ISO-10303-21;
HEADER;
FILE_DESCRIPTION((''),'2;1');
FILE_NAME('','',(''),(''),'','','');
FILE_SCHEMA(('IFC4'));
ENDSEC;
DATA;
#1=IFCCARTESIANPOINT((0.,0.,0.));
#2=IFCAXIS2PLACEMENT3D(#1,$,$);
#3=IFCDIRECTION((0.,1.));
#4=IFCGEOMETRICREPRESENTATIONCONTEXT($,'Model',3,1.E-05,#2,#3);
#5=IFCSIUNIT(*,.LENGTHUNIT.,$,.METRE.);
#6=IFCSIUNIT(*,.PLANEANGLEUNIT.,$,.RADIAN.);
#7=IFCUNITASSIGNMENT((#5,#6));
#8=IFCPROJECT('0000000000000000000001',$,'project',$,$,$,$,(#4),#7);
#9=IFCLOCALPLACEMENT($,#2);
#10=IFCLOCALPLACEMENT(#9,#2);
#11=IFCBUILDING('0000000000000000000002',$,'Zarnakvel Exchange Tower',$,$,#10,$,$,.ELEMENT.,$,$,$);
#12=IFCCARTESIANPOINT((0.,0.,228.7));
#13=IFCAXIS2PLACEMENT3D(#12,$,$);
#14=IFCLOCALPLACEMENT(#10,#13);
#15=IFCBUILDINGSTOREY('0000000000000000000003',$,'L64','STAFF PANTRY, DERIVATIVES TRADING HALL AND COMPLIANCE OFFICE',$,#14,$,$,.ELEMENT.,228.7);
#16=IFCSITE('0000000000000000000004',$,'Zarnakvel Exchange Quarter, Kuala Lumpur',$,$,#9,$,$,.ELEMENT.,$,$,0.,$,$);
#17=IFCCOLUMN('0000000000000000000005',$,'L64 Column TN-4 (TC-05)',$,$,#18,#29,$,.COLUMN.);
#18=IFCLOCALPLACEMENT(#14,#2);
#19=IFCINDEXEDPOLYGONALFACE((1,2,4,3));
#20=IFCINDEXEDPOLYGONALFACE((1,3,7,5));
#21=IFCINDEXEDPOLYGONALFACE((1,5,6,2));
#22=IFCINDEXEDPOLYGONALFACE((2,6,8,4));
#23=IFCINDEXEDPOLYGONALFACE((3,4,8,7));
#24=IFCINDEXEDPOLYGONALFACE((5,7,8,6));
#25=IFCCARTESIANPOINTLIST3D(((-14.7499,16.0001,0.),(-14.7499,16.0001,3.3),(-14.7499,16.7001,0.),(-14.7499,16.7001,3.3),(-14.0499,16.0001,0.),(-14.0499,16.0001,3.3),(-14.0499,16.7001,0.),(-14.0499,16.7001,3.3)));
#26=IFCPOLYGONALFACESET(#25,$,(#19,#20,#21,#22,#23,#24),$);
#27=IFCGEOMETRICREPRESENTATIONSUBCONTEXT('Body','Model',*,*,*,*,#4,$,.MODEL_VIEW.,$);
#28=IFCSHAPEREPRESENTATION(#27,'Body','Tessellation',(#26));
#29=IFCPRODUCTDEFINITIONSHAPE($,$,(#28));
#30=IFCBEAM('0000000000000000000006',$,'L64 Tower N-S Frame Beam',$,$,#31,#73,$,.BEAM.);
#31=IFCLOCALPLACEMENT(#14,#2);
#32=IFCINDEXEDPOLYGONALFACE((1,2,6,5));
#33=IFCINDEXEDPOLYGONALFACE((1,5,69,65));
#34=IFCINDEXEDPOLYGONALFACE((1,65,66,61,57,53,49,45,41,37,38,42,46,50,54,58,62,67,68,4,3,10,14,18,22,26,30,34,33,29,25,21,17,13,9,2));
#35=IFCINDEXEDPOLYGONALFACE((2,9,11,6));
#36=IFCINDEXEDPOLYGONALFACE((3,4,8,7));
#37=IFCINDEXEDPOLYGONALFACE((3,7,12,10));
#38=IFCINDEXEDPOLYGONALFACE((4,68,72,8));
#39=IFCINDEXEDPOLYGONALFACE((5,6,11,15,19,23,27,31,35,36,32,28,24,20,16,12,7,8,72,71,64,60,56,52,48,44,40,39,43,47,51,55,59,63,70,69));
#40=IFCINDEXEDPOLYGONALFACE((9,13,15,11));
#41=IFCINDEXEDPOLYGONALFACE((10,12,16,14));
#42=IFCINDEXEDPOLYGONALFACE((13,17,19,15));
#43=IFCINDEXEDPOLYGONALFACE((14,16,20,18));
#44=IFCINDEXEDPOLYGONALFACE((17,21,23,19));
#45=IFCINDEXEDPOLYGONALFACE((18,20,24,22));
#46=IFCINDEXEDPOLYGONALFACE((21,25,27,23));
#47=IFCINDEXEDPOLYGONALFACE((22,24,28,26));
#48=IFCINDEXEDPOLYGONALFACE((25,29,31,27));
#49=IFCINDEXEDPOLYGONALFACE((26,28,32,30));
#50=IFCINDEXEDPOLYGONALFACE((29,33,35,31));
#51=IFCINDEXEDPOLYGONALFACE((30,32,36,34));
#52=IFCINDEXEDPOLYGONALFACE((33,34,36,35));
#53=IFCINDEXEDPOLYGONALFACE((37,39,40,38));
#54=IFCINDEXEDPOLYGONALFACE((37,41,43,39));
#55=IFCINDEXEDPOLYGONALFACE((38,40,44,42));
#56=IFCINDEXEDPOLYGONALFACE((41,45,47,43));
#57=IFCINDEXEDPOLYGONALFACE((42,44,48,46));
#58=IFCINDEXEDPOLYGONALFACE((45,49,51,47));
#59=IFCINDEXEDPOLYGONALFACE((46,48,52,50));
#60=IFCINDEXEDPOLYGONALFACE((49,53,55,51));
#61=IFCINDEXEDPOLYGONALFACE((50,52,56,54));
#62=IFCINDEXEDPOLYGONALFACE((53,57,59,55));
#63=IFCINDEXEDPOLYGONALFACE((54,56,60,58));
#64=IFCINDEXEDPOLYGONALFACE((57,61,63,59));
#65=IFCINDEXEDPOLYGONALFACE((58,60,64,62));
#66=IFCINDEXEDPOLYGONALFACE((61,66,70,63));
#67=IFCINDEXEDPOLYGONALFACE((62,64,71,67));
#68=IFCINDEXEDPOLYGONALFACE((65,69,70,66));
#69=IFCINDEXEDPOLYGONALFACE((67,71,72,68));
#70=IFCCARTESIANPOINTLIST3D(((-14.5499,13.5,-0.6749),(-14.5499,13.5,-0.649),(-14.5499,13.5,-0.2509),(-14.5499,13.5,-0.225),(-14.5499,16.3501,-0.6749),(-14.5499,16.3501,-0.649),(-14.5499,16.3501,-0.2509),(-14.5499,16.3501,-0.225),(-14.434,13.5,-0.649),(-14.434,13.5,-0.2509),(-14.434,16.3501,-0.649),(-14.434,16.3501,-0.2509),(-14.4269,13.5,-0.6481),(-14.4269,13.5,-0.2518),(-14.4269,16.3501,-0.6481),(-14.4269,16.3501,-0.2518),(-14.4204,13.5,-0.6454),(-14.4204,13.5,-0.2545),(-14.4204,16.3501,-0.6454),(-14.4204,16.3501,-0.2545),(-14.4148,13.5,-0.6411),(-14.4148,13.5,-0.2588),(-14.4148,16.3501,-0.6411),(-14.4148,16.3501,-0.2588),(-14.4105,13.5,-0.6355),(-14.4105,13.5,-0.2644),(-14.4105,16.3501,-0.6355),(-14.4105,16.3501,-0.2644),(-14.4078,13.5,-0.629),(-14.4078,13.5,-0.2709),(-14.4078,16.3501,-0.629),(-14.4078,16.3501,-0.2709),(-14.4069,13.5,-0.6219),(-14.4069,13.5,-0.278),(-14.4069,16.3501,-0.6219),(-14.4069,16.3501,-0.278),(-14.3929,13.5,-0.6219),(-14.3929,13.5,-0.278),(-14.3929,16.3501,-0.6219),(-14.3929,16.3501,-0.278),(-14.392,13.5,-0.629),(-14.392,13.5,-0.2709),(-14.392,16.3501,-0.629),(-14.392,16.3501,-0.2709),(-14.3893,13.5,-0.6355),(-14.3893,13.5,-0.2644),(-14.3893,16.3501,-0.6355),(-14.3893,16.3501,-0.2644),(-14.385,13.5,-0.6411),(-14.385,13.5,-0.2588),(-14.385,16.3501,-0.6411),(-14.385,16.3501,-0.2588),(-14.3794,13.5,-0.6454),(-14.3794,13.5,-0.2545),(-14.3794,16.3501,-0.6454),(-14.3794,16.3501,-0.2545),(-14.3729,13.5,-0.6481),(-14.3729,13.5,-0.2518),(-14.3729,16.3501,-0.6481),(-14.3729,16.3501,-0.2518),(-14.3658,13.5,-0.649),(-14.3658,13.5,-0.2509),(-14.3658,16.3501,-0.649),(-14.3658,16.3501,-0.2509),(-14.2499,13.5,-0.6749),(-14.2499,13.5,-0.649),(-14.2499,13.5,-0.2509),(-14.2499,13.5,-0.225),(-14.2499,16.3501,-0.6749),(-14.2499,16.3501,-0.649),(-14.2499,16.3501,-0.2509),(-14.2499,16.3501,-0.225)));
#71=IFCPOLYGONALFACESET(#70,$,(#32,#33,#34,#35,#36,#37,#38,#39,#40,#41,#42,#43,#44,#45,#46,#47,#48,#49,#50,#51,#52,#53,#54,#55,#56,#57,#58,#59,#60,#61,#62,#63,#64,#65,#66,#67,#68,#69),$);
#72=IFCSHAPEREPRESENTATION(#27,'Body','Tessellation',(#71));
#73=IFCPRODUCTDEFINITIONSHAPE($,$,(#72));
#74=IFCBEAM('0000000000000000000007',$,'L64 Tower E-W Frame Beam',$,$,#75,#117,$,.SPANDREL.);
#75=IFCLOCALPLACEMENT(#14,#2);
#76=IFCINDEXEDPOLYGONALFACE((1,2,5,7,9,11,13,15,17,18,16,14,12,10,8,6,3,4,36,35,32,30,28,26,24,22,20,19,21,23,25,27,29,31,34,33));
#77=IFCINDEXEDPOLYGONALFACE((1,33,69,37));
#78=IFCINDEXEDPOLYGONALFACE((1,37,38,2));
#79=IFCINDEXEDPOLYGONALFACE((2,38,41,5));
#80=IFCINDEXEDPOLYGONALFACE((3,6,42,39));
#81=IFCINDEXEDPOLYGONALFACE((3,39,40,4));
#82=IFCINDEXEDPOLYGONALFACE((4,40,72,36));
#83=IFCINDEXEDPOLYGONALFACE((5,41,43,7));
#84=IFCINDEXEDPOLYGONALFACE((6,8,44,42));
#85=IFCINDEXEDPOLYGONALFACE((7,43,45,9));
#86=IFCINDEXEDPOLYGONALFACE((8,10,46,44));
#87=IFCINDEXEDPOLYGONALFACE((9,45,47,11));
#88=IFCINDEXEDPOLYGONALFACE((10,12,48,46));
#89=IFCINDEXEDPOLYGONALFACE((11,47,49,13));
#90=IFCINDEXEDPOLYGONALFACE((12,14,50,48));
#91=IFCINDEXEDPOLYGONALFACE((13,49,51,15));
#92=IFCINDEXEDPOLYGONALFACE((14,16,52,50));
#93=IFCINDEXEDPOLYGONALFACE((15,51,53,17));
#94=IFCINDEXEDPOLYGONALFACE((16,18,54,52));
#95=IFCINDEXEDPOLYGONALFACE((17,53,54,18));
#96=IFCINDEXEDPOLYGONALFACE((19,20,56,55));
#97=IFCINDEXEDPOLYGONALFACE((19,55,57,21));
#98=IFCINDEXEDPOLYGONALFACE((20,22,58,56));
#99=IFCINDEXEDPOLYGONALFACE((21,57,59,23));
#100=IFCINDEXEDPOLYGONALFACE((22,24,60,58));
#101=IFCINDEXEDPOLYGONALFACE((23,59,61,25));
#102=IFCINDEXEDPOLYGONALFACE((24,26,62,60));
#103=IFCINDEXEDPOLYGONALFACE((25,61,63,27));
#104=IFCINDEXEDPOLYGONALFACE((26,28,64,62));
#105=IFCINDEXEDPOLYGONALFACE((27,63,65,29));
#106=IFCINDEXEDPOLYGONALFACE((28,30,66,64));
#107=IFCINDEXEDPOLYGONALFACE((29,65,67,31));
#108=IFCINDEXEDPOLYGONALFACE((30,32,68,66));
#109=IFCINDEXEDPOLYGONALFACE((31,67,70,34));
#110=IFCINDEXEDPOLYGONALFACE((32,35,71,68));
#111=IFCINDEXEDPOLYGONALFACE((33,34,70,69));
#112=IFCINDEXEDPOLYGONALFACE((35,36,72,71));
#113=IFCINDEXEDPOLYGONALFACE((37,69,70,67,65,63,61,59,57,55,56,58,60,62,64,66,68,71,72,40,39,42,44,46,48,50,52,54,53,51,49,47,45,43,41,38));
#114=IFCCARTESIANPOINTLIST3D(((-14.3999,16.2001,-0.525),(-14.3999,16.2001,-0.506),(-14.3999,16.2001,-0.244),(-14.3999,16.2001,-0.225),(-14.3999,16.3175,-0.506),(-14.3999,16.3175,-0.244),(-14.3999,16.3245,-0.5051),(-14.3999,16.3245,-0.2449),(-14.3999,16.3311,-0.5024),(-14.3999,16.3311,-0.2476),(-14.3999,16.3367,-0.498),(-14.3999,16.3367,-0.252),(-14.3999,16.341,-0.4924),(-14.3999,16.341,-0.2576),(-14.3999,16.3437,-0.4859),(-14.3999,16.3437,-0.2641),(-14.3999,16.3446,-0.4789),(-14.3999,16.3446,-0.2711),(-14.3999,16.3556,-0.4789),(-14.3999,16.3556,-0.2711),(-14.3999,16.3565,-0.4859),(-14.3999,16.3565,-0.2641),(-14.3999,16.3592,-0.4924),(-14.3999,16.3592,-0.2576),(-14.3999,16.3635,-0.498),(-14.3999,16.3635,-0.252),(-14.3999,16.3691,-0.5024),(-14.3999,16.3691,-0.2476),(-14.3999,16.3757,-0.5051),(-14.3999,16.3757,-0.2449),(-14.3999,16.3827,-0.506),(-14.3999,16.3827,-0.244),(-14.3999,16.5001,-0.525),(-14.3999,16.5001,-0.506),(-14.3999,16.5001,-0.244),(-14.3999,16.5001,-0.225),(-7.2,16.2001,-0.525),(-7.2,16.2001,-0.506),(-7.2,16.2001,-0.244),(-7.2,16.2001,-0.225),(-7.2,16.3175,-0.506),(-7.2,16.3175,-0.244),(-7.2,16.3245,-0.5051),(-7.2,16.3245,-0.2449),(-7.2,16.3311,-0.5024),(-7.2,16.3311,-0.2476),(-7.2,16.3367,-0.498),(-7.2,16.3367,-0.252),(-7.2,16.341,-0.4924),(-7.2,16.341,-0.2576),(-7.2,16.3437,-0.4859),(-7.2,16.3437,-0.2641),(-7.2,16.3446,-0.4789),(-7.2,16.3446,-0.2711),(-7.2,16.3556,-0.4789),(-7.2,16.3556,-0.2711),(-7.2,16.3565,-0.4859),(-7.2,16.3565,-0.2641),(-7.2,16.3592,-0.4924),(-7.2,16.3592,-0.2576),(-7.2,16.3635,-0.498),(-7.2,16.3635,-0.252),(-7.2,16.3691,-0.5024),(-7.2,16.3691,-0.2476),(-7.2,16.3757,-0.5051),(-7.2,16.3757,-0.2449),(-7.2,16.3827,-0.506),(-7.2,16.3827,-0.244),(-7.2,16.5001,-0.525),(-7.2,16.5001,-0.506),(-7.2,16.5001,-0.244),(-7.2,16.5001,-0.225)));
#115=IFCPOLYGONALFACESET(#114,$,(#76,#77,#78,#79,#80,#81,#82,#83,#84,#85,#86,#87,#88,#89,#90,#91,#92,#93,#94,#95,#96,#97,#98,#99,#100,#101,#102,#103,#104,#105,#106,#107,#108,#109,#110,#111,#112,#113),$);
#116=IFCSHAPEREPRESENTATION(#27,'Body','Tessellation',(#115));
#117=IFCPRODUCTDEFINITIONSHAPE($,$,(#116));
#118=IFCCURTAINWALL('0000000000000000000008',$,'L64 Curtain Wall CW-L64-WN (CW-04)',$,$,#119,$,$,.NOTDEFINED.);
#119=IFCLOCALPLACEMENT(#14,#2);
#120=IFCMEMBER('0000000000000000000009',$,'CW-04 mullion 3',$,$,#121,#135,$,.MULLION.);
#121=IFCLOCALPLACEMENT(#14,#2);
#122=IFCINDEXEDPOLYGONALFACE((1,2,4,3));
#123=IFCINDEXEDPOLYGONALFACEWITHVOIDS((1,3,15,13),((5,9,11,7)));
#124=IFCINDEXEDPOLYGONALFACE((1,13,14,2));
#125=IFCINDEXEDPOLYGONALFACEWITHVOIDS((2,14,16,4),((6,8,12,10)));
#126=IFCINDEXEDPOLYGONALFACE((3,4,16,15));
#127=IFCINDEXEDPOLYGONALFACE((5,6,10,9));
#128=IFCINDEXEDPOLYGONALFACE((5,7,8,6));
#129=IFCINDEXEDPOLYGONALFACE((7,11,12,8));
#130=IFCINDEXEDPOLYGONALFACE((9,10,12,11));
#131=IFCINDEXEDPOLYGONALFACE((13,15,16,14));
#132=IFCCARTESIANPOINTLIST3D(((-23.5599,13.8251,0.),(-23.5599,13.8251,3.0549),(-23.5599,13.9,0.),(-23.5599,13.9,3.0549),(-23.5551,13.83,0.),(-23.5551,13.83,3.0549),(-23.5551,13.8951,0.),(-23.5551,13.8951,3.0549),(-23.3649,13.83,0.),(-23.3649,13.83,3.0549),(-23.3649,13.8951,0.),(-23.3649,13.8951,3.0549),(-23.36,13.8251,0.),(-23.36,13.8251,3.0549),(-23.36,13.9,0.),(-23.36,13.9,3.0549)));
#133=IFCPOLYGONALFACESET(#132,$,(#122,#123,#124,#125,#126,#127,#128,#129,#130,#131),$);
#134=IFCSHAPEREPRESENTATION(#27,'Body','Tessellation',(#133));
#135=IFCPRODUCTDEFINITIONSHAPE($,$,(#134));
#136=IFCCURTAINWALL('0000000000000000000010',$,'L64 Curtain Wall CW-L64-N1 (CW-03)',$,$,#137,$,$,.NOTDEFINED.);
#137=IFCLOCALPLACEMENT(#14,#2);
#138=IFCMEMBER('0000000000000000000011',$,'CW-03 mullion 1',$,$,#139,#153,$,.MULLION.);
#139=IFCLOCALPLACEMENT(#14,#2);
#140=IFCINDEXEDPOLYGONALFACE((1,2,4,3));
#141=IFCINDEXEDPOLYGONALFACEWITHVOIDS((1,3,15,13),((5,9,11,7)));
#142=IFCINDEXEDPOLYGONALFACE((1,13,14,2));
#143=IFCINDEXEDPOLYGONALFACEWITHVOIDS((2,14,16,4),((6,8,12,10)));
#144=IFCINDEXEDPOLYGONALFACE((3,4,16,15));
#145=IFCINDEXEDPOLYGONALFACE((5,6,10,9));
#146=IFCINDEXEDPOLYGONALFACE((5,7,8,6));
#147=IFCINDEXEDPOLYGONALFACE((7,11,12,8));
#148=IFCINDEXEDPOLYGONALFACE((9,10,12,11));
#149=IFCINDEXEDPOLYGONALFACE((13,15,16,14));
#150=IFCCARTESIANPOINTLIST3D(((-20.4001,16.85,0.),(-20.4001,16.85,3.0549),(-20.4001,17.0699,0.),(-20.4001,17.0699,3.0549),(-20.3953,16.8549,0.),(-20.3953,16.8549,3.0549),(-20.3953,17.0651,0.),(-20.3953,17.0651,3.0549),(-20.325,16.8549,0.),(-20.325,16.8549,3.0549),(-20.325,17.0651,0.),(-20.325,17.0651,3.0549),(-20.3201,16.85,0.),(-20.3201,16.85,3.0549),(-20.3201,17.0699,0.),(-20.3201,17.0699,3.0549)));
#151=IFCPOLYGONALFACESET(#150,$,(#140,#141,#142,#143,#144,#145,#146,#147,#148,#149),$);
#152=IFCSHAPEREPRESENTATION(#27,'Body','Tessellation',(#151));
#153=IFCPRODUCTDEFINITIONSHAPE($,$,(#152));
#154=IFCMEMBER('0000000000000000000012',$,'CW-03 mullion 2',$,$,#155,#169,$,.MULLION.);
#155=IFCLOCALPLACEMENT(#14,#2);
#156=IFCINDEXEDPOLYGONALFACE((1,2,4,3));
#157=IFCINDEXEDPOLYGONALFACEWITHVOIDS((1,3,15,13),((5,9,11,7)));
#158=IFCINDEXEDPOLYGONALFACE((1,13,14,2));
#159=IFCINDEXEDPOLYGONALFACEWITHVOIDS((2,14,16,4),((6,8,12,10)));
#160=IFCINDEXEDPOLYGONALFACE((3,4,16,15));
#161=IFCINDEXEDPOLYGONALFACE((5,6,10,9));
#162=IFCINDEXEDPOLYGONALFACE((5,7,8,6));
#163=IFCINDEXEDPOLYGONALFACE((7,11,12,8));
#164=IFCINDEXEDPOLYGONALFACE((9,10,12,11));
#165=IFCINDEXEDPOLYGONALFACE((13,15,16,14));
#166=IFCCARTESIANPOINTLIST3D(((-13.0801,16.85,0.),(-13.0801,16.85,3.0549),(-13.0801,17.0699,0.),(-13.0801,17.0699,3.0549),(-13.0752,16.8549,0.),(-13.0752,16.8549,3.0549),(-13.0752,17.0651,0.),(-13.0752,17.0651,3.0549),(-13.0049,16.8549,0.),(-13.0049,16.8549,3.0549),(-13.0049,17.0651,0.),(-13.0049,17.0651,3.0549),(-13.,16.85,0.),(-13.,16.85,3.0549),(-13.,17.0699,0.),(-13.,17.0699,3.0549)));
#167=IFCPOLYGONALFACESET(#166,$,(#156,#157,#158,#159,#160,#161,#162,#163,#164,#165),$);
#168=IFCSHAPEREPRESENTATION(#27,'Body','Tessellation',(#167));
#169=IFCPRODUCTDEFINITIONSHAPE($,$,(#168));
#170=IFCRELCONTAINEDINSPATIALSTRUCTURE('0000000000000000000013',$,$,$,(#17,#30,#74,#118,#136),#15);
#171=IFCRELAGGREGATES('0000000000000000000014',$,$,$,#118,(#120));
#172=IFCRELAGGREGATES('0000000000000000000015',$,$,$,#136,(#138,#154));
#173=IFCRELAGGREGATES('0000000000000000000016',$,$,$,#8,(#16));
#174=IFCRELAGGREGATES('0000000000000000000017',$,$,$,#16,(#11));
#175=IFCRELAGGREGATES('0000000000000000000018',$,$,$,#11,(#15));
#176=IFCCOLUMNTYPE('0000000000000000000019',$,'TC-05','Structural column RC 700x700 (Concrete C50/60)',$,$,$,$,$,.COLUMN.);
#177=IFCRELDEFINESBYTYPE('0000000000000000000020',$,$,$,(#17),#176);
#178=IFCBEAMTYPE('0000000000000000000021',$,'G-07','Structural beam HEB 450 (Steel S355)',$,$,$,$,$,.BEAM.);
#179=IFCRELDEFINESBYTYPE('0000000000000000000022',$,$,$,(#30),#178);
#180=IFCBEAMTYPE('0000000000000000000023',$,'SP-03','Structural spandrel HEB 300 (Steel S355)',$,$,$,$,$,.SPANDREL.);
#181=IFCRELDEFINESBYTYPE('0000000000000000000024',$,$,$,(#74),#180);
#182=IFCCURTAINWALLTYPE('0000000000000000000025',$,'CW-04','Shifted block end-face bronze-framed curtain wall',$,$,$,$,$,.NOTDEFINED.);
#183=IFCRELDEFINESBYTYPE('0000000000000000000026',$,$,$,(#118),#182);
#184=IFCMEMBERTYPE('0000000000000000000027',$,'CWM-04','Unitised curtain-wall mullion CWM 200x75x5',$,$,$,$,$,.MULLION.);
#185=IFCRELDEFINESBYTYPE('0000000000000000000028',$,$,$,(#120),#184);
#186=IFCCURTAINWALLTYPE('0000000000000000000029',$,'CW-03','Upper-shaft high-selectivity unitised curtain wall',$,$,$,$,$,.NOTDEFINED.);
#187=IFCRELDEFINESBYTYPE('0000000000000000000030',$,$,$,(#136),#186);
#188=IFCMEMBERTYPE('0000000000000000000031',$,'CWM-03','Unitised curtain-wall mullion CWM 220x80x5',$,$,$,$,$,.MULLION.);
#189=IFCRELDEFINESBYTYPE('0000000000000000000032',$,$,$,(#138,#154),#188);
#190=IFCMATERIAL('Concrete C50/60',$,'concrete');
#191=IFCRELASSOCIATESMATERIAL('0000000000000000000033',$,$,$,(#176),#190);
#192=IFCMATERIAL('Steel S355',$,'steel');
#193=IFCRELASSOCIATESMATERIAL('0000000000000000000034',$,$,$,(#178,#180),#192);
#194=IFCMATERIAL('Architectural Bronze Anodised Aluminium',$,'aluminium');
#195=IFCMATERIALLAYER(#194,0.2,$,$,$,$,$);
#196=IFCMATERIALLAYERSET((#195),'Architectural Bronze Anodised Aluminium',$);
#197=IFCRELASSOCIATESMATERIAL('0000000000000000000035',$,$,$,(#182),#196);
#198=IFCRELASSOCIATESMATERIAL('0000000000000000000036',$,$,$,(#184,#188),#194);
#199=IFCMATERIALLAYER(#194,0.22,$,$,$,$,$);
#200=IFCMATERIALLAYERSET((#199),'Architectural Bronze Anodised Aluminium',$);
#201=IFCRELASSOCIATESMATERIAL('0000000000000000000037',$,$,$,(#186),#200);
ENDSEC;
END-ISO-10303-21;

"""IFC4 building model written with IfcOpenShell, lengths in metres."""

from ifc_helpers import new_model, si_unit, direction, frame, origin, origin_2d, place, context, subcontext, project, spatial, rectangle, hollow_rectangle, i_section, extrude, source, transform, mapped, material, layer, layer_set, material_profile, profile_set, type_object, element, aggregate, save


model = new_model("IFC4")

# Units and contexts
model_context = context("Model", 3, precision=1e-05, world=origin(), true_north=direction((0.0, 1.0)))
body_context = subcontext(model_context, "Body", "Model", "MODEL_VIEW")
ifc_project = project(units=[si_unit("LENGTHUNIT", "METRE"), si_unit("PLANEANGLEUNIT", "RADIAN")], contexts=[model_context])

# Site, building, storey
site_placement = place(None, origin())
site = spatial("IfcSite", under=ifc_project, at=site_placement, Name="Zarnakvel Exchange Quarter, Kuala Lumpur", CompositionType="ELEMENT", RefElevation=0.0)
building_placement = place(site_placement, origin())
building = spatial("IfcBuilding", under=site, at=building_placement, Name="Zarnakvel Exchange Tower", CompositionType="ELEMENT")
storey_placement = place(building_placement, frame((0.0, 0.0, 228.7)))
storey = spatial("IfcBuildingStorey", under=building, at=storey_placement, Name="L64", Description="STAFF PANTRY, DERIVATIVES TRADING HALL AND COMPLIANCE OFFICE", CompositionType="ELEMENT", Elevation=228.7)

# Column
ifc_material_1 = material(Name="Concrete C50/60", Category="concrete")
ifc_material_profile_1 = material_profile(ifc_material_1, rectangle(XDim=0.7, YDim=0.7, at=origin_2d()))
ifc_profile_set_1 = profile_set([ifc_material_profile_1], Name="Concrete C50/60")
column_type = type_object("IfcColumnType", Name="TC-05", Description="Structural column RC 700x700 (Concrete C50/60)", PredefinedType="COLUMN", material=ifc_profile_set_1)
column_placement = place(storey_placement, frame((-14.3999, 16.3501, 0.0), z_axis=(0.0, 0.0, 1.0), x_axis=(1.0, 0.0, 0.0)))
element("IfcColumn", 1, at=column_placement, inside=storey, type_object=column_type, Name="L64 Column TN-4 (TC-05)", PredefinedType="COLUMN", context=body_context, shape_type="SweptSolid", body=[
    extrude(rectangle(XDim=0.7, YDim=0.7, at=origin_2d()), origin(), (0.0, 0.0, 1.0), 3.3),
])

# Beams
ifc_material_2 = material(Name="Steel S355", Category="steel")
ifc_material_profile_2 = material_profile(ifc_material_2, i_section(OverallWidth=0.3, OverallDepth=0.45, WebThickness=0.0139, FlangeThickness=0.0259, FilletRadius=0.0271, at=origin_2d()))
ifc_profile_set_2 = profile_set([ifc_material_profile_2], Name="Steel S355")
beam_type_1 = type_object("IfcBeamType", Name="G-07", Description="Structural beam HEB 450 (Steel S355)", PredefinedType="BEAM", material=ifc_profile_set_2)
beam_1_placement = place(storey_placement, frame((-14.3999, 13.5, -0.45), z_axis=(0.0, 1.0, 0.0), x_axis=(-1.0, 0.0, 0.0)))
element("IfcBeam", 2, at=beam_1_placement, inside=storey, type_object=beam_type_1, Name="L64 Tower N-S Frame Beam", PredefinedType="BEAM", context=body_context, shape_type="SweptSolid", body=[
    extrude(i_section(OverallWidth=0.3, OverallDepth=0.45, WebThickness=0.0139, FlangeThickness=0.0259, FilletRadius=0.0271, at=origin_2d()), origin(), (0.0, 0.0, 1.0), 2.8501),
])
ifc_material_profile_3 = material_profile(ifc_material_2, i_section(OverallWidth=0.3, OverallDepth=0.3, WebThickness=0.011, FlangeThickness=0.019, FilletRadius=0.0271, at=origin_2d()))
ifc_profile_set_3 = profile_set([ifc_material_profile_3], Name="Steel S355")
beam_type_2 = type_object("IfcBeamType", Name="SP-03", Description="Structural spandrel HEB 300 (Steel S355)", PredefinedType="SPANDREL", material=ifc_profile_set_3)
beam_2_placement = place(storey_placement, frame((-14.3999, 16.3501, -0.375), z_axis=(1.0, 0.0, 0.0), x_axis=(0.0, 1.0, 0.0)))
element("IfcBeam", 3, at=beam_2_placement, inside=storey, type_object=beam_type_2, Name="L64 Tower E-W Frame Beam", PredefinedType="SPANDREL", context=body_context, shape_type="SweptSolid", body=[
    extrude(i_section(OverallWidth=0.3, OverallDepth=0.3, WebThickness=0.011, FlangeThickness=0.019, FilletRadius=0.0271, at=origin_2d()), origin(), (0.0, 0.0, 1.0), 7.2),
])

# Curtain wall, member
ifc_material_3 = material(Name="Architectural Bronze Anodised Aluminium", Category="aluminium")
ifc_layer_1 = layer(ifc_material_3, 0.2)
ifc_layer_set_1 = layer_set([ifc_layer_1], Name="Architectural Bronze Anodised Aluminium")
curtain_wall_type_1 = type_object("IfcCurtainWallType", Name="CW-04", Description="Shifted block end-face bronze-framed curtain wall", PredefinedType="NOTDEFINED", material=ifc_layer_set_1)
curtain_wall_1_placement = place(storey_placement, origin())
curtain_wall_1 = element("IfcCurtainWall", 4, at=curtain_wall_1_placement, inside=storey, type_object=curtain_wall_type_1, Name="L64 Curtain Wall CW-L64-WN (CW-04)", PredefinedType="NOTDEFINED")
ifc_material_profile_4 = material_profile(ifc_material_3, hollow_rectangle(XDim=0.2, YDim=0.075, WallThickness=0.0049, at=origin_2d()))
ifc_profile_set_4 = profile_set([ifc_material_profile_4], Name="Architectural Bronze Anodised Aluminium")
member_type_1 = type_object("IfcMemberType", Name="CWM-04", Description="Unitised curtain-wall mullion CWM 200x75x5", PredefinedType="MULLION", material=ifc_profile_set_4)
shared_shape_1 = source(origin(), body_context, "Body", "SweptSolid", [
    extrude(hollow_rectangle(XDim=0.2, YDim=0.075, WallThickness=0.0049, at=origin_2d()), origin(), (0.0, 0.0, 1.0), 3.0549),
])
member_1_placement = place(storey_placement, frame((-23.46, 13.8625, 0.0), z_axis=(0.0, 0.0, 1.0), x_axis=(-1.0, 0.0, 0.0)))
member_1 = element("IfcMember", 5, at=member_1_placement, type_object=member_type_1, Name="CW-04 mullion 3", PredefinedType="MULLION", context=body_context, shape_type="MappedRepresentation", body=[
    mapped(shared_shape_1, transform((0.0, 0.0, 0.0), x_axis=(1.0, 0.0, 0.0), y_axis=(0.0, 1.0, 0.0), z_axis=(0.0, 0.0, 1.0), scale=1.0)),
])
aggregate(curtain_wall_1, [member_1])

# Curtain wall, members
ifc_layer_2 = layer(ifc_material_3, 0.22)
ifc_layer_set_2 = layer_set([ifc_layer_2], Name="Architectural Bronze Anodised Aluminium")
curtain_wall_type_2 = type_object("IfcCurtainWallType", Name="CW-03", Description="Upper-shaft high-selectivity unitised curtain wall", PredefinedType="NOTDEFINED", material=ifc_layer_set_2)
curtain_wall_2_placement = place(storey_placement, origin())
curtain_wall_2 = element("IfcCurtainWall", 6, at=curtain_wall_2_placement, inside=storey, type_object=curtain_wall_type_2, Name="L64 Curtain Wall CW-L64-N1 (CW-03)", PredefinedType="NOTDEFINED")
ifc_material_profile_5 = material_profile(ifc_material_3, hollow_rectangle(XDim=0.22, YDim=0.0801, WallThickness=0.0049, at=origin_2d()))
ifc_profile_set_5 = profile_set([ifc_material_profile_5], Name="Architectural Bronze Anodised Aluminium")
member_type_2 = type_object("IfcMemberType", Name="CWM-03", Description="Unitised curtain-wall mullion CWM 220x80x5", PredefinedType="MULLION", material=ifc_profile_set_5)
shared_shape_2 = source(origin(), body_context, "Body", "SweptSolid", [
    extrude(hollow_rectangle(XDim=0.22, YDim=0.0801, WallThickness=0.0049, at=origin_2d()), origin(), (0.0, 0.0, 1.0), 3.0549),
])
member_2_placement = place(storey_placement, frame((-20.3601, 16.96, 0.0), z_axis=(0.0, 0.0, 1.0), x_axis=(0.0, 1.0, 0.0)))
member_2 = element("IfcMember", 7, at=member_2_placement, type_object=member_type_2, Name="CW-03 mullion 1", PredefinedType="MULLION", context=body_context, shape_type="MappedRepresentation", body=[
    mapped(shared_shape_2, transform((0.0, 0.0, 0.0), x_axis=(1.0, 0.0, 0.0), y_axis=(0.0, 1.0, 0.0), z_axis=(0.0, 0.0, 1.0), scale=1.0)),
])
member_3_placement = place(storey_placement, frame((-13.04, 16.96, 0.0), z_axis=(0.0, 0.0, 1.0), x_axis=(0.0, 1.0, 0.0)))
member_3 = element("IfcMember", 8, at=member_3_placement, type_object=member_type_2, Name="CW-03 mullion 2", PredefinedType="MULLION", context=body_context, shape_type="MappedRepresentation", body=[
    mapped(shared_shape_2, transform((0.0, 0.0, 0.0), x_axis=(1.0, 0.0, 0.0), y_axis=(0.0, 1.0, 0.0), z_axis=(0.0, 0.0, 1.0), scale=1.0)),
])
aggregate(curtain_wall_2, [member_2, member_3])

save(model, "model.ifc")
